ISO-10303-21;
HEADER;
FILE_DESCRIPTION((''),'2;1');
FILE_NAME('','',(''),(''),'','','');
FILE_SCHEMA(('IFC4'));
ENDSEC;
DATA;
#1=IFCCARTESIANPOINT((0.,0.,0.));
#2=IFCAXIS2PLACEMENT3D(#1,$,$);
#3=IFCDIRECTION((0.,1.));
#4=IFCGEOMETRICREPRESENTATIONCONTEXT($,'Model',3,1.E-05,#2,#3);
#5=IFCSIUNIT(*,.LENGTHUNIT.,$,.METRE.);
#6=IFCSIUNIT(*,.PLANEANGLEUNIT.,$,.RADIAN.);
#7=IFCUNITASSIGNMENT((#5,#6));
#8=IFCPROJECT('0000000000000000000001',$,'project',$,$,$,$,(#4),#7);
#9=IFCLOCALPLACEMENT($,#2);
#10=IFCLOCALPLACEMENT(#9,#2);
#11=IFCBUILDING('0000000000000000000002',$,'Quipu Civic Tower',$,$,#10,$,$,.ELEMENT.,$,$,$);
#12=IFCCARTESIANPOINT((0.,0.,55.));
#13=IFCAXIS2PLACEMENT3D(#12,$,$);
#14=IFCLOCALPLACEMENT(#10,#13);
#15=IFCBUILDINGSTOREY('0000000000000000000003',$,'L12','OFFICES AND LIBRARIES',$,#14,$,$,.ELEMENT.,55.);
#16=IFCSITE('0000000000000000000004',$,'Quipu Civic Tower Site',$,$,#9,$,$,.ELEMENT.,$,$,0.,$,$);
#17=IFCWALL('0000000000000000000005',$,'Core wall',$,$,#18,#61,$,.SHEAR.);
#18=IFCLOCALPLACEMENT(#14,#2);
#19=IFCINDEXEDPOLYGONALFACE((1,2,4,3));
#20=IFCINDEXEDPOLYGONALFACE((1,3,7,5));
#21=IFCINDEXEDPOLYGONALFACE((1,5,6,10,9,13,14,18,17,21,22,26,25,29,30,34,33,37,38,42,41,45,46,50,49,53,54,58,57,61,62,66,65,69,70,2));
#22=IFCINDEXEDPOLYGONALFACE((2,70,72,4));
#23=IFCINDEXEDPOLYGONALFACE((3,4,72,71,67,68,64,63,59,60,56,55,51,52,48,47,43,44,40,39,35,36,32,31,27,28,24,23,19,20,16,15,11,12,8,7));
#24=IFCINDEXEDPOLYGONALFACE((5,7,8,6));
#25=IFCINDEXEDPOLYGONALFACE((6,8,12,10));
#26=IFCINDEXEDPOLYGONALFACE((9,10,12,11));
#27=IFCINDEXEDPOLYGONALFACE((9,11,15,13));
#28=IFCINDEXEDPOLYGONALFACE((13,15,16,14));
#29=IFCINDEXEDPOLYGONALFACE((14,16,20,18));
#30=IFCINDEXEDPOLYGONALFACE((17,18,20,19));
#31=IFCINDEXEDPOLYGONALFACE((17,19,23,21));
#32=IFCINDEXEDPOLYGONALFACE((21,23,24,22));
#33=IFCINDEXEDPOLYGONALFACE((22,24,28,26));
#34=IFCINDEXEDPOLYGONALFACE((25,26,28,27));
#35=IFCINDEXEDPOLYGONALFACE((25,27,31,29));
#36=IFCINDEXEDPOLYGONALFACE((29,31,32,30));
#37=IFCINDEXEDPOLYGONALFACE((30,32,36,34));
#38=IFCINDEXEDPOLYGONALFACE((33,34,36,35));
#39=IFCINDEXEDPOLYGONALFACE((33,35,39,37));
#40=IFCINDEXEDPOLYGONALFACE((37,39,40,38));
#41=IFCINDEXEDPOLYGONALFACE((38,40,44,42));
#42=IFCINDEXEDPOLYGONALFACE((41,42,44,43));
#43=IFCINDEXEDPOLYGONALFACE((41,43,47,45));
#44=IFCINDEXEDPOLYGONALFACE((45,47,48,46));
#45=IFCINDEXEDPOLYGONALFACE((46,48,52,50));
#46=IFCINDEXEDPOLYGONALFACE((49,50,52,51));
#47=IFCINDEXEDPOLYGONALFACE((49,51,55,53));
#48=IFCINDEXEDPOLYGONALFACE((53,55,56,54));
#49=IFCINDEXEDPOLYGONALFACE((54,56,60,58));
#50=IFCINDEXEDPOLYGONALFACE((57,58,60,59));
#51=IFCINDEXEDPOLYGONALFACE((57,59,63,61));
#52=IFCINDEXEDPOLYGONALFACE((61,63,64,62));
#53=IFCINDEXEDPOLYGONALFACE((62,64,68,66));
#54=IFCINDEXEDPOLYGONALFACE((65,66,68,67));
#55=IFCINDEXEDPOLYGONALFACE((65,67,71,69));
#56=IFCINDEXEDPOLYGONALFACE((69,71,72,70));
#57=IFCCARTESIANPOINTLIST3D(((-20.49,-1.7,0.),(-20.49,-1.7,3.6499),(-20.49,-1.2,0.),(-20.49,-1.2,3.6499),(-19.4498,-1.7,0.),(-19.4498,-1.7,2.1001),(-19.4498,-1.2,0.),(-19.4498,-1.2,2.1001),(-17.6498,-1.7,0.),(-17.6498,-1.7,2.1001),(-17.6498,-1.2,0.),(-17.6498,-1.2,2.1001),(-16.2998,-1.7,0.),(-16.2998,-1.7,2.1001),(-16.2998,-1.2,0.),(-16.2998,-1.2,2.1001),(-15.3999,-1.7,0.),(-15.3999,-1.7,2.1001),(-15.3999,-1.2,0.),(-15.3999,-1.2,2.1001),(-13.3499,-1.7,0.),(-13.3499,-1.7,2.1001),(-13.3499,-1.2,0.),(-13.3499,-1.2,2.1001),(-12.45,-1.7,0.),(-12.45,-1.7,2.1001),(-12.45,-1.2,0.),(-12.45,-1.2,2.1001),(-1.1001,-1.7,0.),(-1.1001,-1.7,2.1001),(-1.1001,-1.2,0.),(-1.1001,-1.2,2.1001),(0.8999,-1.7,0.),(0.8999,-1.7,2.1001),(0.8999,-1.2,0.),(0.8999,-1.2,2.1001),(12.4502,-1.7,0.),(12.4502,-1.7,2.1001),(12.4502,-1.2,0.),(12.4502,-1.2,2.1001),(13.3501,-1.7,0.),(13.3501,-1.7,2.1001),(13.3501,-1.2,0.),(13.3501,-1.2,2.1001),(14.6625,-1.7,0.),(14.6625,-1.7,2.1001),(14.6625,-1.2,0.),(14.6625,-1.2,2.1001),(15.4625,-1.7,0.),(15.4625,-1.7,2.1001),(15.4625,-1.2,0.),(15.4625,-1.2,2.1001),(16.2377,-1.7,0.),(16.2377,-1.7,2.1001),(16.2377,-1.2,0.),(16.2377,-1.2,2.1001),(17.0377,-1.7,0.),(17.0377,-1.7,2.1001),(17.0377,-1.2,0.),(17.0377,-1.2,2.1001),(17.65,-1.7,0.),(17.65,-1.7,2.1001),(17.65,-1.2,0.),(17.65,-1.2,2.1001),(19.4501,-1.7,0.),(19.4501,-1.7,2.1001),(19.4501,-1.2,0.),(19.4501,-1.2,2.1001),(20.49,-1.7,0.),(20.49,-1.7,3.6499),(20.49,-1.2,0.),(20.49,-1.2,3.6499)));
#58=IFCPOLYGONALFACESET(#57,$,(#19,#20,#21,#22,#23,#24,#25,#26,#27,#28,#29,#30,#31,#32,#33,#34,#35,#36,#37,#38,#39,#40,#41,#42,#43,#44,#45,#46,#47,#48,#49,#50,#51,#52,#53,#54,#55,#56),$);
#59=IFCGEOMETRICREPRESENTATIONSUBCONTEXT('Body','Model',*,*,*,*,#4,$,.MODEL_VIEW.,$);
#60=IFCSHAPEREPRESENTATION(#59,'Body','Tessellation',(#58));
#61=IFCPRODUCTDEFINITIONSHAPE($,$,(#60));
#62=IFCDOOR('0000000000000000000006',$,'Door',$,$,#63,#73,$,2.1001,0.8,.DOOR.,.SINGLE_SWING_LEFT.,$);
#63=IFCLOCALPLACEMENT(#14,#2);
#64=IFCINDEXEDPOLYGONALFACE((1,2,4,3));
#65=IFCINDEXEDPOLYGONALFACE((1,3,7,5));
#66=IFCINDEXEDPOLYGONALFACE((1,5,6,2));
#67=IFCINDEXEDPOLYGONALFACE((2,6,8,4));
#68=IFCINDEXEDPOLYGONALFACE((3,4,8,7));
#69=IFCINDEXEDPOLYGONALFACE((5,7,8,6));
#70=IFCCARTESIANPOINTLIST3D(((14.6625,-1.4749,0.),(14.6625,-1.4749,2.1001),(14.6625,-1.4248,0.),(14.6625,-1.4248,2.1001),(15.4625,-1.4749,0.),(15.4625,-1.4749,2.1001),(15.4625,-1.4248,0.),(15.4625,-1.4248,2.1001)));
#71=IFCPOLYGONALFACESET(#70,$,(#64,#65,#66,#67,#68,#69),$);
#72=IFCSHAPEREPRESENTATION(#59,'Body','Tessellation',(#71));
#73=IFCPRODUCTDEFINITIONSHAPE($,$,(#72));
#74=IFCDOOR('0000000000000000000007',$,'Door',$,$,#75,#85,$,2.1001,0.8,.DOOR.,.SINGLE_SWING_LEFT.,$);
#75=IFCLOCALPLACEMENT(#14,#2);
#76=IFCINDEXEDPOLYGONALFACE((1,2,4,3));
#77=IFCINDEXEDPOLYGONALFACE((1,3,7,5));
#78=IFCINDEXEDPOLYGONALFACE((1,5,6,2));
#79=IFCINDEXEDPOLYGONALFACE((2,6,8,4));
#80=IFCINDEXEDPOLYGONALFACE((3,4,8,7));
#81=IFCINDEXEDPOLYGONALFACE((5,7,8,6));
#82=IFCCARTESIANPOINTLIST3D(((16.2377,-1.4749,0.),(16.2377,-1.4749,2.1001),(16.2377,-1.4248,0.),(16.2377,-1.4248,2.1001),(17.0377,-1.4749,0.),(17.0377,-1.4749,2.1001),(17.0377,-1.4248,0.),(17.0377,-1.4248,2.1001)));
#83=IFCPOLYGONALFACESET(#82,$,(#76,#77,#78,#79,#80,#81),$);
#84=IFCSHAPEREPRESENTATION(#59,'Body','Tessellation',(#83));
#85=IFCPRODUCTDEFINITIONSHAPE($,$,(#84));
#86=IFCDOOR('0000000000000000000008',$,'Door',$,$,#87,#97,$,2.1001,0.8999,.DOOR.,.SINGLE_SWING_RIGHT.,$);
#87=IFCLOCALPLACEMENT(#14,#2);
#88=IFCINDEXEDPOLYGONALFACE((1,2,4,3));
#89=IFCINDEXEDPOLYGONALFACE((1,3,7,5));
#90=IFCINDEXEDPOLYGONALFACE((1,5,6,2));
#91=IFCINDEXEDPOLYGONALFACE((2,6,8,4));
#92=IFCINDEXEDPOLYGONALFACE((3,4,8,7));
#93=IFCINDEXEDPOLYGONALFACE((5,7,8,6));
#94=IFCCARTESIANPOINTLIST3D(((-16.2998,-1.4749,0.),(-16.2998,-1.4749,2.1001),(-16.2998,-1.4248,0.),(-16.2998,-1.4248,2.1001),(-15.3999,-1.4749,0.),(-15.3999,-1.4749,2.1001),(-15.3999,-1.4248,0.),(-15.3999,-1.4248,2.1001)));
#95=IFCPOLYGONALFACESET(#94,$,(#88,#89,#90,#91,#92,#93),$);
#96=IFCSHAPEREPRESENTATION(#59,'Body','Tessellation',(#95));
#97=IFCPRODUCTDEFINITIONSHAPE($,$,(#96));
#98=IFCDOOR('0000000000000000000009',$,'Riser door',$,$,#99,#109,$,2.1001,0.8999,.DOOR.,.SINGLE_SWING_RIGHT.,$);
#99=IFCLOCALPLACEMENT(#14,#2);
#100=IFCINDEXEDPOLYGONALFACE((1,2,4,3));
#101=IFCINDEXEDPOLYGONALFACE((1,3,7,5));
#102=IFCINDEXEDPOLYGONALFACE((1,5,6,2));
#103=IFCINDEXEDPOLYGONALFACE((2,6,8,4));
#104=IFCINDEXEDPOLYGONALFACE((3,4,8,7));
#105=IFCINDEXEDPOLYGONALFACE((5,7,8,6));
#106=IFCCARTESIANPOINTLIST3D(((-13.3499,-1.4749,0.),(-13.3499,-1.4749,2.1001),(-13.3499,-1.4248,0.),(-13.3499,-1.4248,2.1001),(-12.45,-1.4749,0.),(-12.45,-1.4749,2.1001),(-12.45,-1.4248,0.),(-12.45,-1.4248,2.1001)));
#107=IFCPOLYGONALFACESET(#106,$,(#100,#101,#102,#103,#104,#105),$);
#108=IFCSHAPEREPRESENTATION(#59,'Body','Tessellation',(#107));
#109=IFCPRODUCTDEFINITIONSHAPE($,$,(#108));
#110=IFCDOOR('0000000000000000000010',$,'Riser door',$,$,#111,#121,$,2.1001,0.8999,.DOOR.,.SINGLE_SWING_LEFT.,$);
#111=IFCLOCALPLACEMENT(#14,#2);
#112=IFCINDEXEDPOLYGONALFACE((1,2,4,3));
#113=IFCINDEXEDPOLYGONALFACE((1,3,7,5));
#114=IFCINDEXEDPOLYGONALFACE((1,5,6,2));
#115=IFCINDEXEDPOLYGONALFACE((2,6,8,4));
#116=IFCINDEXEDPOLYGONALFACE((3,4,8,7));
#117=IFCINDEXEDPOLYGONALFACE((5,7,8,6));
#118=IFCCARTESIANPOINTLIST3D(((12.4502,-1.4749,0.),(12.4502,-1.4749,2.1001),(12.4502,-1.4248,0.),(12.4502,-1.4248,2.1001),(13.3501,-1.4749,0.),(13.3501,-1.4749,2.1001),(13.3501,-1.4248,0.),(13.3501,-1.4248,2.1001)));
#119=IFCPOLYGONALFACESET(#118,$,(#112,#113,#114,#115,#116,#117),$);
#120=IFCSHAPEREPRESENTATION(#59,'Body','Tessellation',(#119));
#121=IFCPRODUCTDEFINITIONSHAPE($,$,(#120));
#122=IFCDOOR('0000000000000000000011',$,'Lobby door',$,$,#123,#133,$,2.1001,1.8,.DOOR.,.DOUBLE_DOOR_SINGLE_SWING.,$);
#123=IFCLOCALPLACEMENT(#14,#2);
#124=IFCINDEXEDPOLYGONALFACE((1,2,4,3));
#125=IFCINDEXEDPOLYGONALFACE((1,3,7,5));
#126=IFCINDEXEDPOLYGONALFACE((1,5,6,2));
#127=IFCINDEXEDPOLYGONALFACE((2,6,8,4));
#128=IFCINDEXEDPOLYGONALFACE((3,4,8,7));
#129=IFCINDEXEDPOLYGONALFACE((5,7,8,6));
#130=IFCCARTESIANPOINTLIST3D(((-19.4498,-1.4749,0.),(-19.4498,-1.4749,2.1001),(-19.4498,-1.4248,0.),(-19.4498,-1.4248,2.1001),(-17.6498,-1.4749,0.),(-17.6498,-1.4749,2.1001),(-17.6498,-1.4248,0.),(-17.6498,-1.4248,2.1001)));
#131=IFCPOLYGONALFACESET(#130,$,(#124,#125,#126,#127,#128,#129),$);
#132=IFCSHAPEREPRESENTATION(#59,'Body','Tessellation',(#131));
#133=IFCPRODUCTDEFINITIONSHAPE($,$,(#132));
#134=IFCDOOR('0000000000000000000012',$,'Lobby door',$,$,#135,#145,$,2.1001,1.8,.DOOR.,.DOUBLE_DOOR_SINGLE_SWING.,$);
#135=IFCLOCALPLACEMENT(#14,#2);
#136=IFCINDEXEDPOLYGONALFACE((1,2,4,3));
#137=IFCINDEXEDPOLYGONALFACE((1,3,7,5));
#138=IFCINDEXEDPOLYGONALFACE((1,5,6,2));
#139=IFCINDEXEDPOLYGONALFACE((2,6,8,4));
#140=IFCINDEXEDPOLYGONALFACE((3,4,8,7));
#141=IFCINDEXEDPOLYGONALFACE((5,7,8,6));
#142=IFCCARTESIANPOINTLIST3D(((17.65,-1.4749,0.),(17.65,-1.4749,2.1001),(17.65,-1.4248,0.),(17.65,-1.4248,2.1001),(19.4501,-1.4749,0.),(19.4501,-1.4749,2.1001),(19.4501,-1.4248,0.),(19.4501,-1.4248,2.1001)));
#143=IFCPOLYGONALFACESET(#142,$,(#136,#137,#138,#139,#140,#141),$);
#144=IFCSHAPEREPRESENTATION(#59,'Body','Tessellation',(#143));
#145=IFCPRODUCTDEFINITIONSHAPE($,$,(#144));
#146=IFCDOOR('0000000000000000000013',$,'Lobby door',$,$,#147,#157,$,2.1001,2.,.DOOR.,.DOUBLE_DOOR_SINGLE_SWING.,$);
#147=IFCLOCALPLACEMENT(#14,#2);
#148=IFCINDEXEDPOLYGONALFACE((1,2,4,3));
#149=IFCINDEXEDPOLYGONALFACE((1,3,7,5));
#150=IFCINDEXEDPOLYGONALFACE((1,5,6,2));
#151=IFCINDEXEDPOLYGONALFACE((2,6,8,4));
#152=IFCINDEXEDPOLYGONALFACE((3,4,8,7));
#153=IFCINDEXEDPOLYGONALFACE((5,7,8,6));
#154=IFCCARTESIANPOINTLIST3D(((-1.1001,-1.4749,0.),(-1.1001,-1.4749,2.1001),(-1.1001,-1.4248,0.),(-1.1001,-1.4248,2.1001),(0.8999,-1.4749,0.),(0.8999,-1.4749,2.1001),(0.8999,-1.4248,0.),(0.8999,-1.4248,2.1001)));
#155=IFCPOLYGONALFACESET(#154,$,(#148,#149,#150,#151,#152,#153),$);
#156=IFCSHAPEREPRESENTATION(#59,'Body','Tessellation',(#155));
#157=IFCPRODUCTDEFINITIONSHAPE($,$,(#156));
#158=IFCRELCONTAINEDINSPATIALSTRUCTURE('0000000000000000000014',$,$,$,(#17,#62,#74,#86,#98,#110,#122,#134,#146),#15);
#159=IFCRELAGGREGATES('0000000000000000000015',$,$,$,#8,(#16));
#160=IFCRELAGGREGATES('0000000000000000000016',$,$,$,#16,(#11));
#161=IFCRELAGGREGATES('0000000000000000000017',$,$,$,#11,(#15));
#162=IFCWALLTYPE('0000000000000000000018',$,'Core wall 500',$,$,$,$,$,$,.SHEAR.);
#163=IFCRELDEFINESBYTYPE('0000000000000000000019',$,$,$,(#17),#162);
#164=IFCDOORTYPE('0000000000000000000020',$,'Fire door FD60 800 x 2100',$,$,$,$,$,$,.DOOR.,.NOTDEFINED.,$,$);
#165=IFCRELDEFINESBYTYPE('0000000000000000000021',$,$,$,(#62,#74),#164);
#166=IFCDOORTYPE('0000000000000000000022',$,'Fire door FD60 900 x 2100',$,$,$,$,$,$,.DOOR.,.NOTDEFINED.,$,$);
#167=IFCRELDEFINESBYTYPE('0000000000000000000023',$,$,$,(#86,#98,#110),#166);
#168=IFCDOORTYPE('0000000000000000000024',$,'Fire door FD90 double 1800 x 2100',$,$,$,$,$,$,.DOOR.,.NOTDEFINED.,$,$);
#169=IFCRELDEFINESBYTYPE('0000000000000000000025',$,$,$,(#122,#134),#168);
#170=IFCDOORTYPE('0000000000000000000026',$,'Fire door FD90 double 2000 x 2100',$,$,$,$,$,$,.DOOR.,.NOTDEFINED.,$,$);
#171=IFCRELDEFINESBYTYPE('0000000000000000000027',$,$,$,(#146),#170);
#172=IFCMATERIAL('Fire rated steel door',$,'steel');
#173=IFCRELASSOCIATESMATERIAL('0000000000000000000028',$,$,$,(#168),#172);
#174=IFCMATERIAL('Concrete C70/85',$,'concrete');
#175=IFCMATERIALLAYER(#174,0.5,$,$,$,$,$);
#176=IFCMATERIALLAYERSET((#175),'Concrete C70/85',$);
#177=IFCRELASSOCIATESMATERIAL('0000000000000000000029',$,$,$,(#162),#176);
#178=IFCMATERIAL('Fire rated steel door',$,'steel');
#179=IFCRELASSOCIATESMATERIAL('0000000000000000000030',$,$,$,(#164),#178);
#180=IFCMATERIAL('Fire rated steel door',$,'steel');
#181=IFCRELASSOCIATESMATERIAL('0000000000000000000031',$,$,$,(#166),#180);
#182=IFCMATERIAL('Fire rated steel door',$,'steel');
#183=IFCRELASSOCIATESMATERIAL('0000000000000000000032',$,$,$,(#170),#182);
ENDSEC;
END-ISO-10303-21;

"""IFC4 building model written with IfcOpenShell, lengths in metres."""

from ifc_helpers import new_model, si_unit, direction, frame, frame_2d, origin, place, context, subcontext, project, spatial, rectangle, extrude, material, layer, layer_set, type_object, element, fill, save


model = new_model("IFC4")

# Units and contexts
model_context = context("Model", 3, precision=1e-05, world=origin(), true_north=direction((0.0, 1.0)))
body_context = subcontext(model_context, "Body", "Model", "MODEL_VIEW")
ifc_project = project(units=[si_unit("LENGTHUNIT", "METRE"), si_unit("PLANEANGLEUNIT", "RADIAN")], contexts=[model_context])

# Site, building, storey
site_placement = place(None, origin())
site = spatial("IfcSite", under=ifc_project, at=site_placement, Name="Quipu Civic Tower Site", CompositionType="ELEMENT", RefElevation=0.0)
building_placement = place(site_placement, origin())
building = spatial("IfcBuilding", under=site, at=building_placement, Name="Quipu Civic Tower", CompositionType="ELEMENT")
storey_placement = place(building_placement, frame((0.0, 0.0, 55.0)))
storey = spatial("IfcBuildingStorey", under=building, at=storey_placement, Name="L12", Description="OFFICES AND LIBRARIES", CompositionType="ELEMENT", Elevation=55.0)

# Shared definitions
ifc_material_1 = material(Name="Fire rated steel door", Category="steel")
door_type_1 = type_object("IfcDoorType", Name="Fire door FD90 double 1800 x 2100", OperationType="NOTDEFINED", PredefinedType="DOOR", material=ifc_material_1)

# Wall, openings, doors
ifc_material_2 = material(Name="Concrete C70/85", Category="concrete")
ifc_layer_1 = layer(ifc_material_2, 0.5)
ifc_layer_set_1 = layer_set([ifc_layer_1], Name="Concrete C70/85")
wall_type_1 = type_object("IfcWallType", Name="Core wall 500", PredefinedType="SHEAR", material=ifc_layer_set_1)
wall_1_placement = place(storey_placement, frame((20.49, -1.45, 0.0), z_axis=(0.0, 0.0, 1.0), x_axis=(-1.0, 0.0, 0.0)))
wall_1 = element("IfcWall", 1, at=wall_1_placement, inside=storey, type_object=wall_type_1, Name="Core wall", PredefinedType="SHEAR", context=body_context, shape_type="SweptSolid", body=[
    extrude(rectangle(XDim=40.98, YDim=0.5, at=frame_2d((20.49, 0.0))), origin(), (0.0, 0.0, 1.0), 3.6499),
])
opening_1_placement = place(wall_1_placement, frame((38.1399, 0.0, 0.0)))
opening_1 = element("IfcOpeningElement", 2, at=opening_1_placement, cuts=wall_1, PredefinedType="OPENING", context=body_context, shape_type="SweptSolid", body=[
    extrude(rectangle(XDim=1.8, YDim=2.1001, at=frame_2d((0.8999, 1.05))), frame((0.0, 0.26, 0.0), z_axis=(0.0, -1.0, 0.0), x_axis=(1.0, 0.0, 0.0)), (0.0, 0.0, 1.0), 0.52),
])
opening_2_placement = place(wall_1_placement, frame((35.8899, 0.0, 0.0)))
opening_2 = element("IfcOpeningElement", 3, at=opening_2_placement, cuts=wall_1, PredefinedType="OPENING", context=body_context, shape_type="SweptSolid", body=[
    extrude(rectangle(XDim=0.8999, YDim=2.1001, at=frame_2d((0.45, 1.05))), frame((0.0, 0.26, 0.0), z_axis=(0.0, -1.0, 0.0), x_axis=(1.0, 0.0, 0.0)), (0.0, 0.0, 1.0), 0.52),
])
opening_3_placement = place(wall_1_placement, frame((32.9399, 0.0, 0.0)))
opening_3 = element("IfcOpeningElement", 4, at=opening_3_placement, cuts=wall_1, PredefinedType="OPENING", context=body_context, shape_type="SweptSolid", body=[
    extrude(rectangle(XDim=0.8999, YDim=2.1001, at=frame_2d((0.45, 1.05))), frame((0.0, 0.26, 0.0), z_axis=(0.0, -1.0, 0.0), x_axis=(1.0, 0.0, 0.0)), (0.0, 0.0, 1.0), 0.52),
])
opening_4_placement = place(wall_1_placement, frame((19.5901, 0.0, 0.0)))
opening_4 = element("IfcOpeningElement", 5, at=opening_4_placement, cuts=wall_1, PredefinedType="OPENING", context=body_context, shape_type="SweptSolid", body=[
    extrude(rectangle(XDim=2.0, YDim=2.1001, at=frame_2d((1.0, 1.05))), frame((0.0, 0.26, 0.0), z_axis=(0.0, -1.0, 0.0), x_axis=(1.0, 0.0, 0.0)), (0.0, 0.0, 1.0), 0.52),
])
opening_5_placement = place(wall_1_placement, frame((7.1399, 0.0, 0.0)))
opening_5 = element("IfcOpeningElement", 6, at=opening_5_placement, cuts=wall_1, PredefinedType="OPENING", context=body_context, shape_type="SweptSolid", body=[
    extrude(rectangle(XDim=0.8999, YDim=2.1001, at=frame_2d((0.45, 1.05))), frame((0.0, 0.26, 0.0), z_axis=(0.0, -1.0, 0.0), x_axis=(1.0, 0.0, 0.0)), (0.0, 0.0, 1.0), 0.52),
])
opening_6_placement = place(wall_1_placement, frame((5.0276, 0.0, 0.0)))
opening_6 = element("IfcOpeningElement", 7, at=opening_6_placement, cuts=wall_1, PredefinedType="OPENING", context=body_context, shape_type="SweptSolid", body=[
    extrude(rectangle(XDim=0.8, YDim=2.1001, at=frame_2d((0.3999, 1.05))), frame((0.0, 0.26, 0.0), z_axis=(0.0, -1.0, 0.0), x_axis=(1.0, 0.0, 0.0)), (0.0, 0.0, 1.0), 0.52),
])
opening_7_placement = place(wall_1_placement, frame((3.4524, 0.0, 0.0)))
opening_7 = element("IfcOpeningElement", 8, at=opening_7_placement, cuts=wall_1, PredefinedType="OPENING", context=body_context, shape_type="SweptSolid", body=[
    extrude(rectangle(XDim=0.8, YDim=2.1001, at=frame_2d((0.3999, 1.05))), frame((0.0, 0.26, 0.0), z_axis=(0.0, -1.0, 0.0), x_axis=(1.0, 0.0, 0.0)), (0.0, 0.0, 1.0), 0.52),
])
opening_8_placement = place(wall_1_placement, frame((1.04, 0.0, 0.0)))
opening_8 = element("IfcOpeningElement", 9, at=opening_8_placement, cuts=wall_1, PredefinedType="OPENING", context=body_context, shape_type="SweptSolid", body=[
    extrude(rectangle(XDim=1.8, YDim=2.1001, at=frame_2d((0.8999, 1.05))), frame((0.0, 0.26, 0.0), z_axis=(0.0, -1.0, 0.0), x_axis=(1.0, 0.0, 0.0)), (0.0, 0.0, 1.0), 0.52),
])
ifc_material_3 = material(Name="Fire rated steel door", Category="steel")
door_type_2 = type_object("IfcDoorType", Name="Fire door FD60 800 x 2100", OperationType="NOTDEFINED", PredefinedType="DOOR", material=ifc_material_3)
door_1_placement = place(opening_6_placement, origin())
door_1 = element("IfcDoor", 10, at=door_1_placement, inside=storey, type_object=door_type_2, Name="Door", OperationType="SINGLE_SWING_LEFT", OverallHeight=2.1001, OverallWidth=0.8, PredefinedType="DOOR", context=body_context, shape_type="SweptSolid", body=[
    extrude(rectangle(XDim=0.8, YDim=2.1001, at=frame_2d((0.3999, 1.05))), frame((0.0, 0.0249, 0.0), z_axis=(0.0, -1.0, 0.0), x_axis=(1.0, 0.0, 0.0)), (0.0, 0.0, 1.0), 0.05),
])
fill(opening_6, door_1)
door_2_placement = place(opening_7_placement, origin())
door_2 = element("IfcDoor", 11, at=door_2_placement, inside=storey, type_object=door_type_2, Name="Door", OperationType="SINGLE_SWING_LEFT", OverallHeight=2.1001, OverallWidth=0.8, PredefinedType="DOOR", context=body_context, shape_type="SweptSolid", body=[
    extrude(rectangle(XDim=0.8, YDim=2.1001, at=frame_2d((0.3999, 1.05))), frame((0.0, 0.0249, 0.0), z_axis=(0.0, -1.0, 0.0), x_axis=(1.0, 0.0, 0.0)), (0.0, 0.0, 1.0), 0.05),
])
fill(opening_7, door_2)
ifc_material_4 = material(Name="Fire rated steel door", Category="steel")
door_type_3 = type_object("IfcDoorType", Name="Fire door FD60 900 x 2100", OperationType="NOTDEFINED", PredefinedType="DOOR", material=ifc_material_4)
door_3_placement = place(opening_2_placement, origin())
door_3 = element("IfcDoor", 12, at=door_3_placement, inside=storey, type_object=door_type_3, Name="Door", OperationType="SINGLE_SWING_RIGHT", OverallHeight=2.1001, OverallWidth=0.8999, PredefinedType="DOOR", context=body_context, shape_type="SweptSolid", body=[
    extrude(rectangle(XDim=0.8999, YDim=2.1001, at=frame_2d((0.45, 1.05))), frame((0.0, 0.0249, 0.0), z_axis=(0.0, -1.0, 0.0), x_axis=(1.0, 0.0, 0.0)), (0.0, 0.0, 1.0), 0.05),
])
fill(opening_2, door_3)
door_4_placement = place(opening_3_placement, origin())
door_4 = element("IfcDoor", 13, at=door_4_placement, inside=storey, type_object=door_type_3, Name="Riser door", OperationType="SINGLE_SWING_RIGHT", OverallHeight=2.1001, OverallWidth=0.8999, PredefinedType="DOOR", context=body_context, shape_type="SweptSolid", body=[
    extrude(rectangle(XDim=0.8999, YDim=2.1001, at=frame_2d((0.45, 1.05))), frame((0.0, 0.0249, 0.0), z_axis=(0.0, -1.0, 0.0), x_axis=(1.0, 0.0, 0.0)), (0.0, 0.0, 1.0), 0.05),
])
fill(opening_3, door_4)
door_5_placement = place(opening_5_placement, origin())
door_5 = element("IfcDoor", 14, at=door_5_placement, inside=storey, type_object=door_type_3, Name="Riser door", OperationType="SINGLE_SWING_LEFT", OverallHeight=2.1001, OverallWidth=0.8999, PredefinedType="DOOR", context=body_context, shape_type="SweptSolid", body=[
    extrude(rectangle(XDim=0.8999, YDim=2.1001, at=frame_2d((0.45, 1.05))), frame((0.0, 0.0249, 0.0), z_axis=(0.0, -1.0, 0.0), x_axis=(1.0, 0.0, 0.0)), (0.0, 0.0, 1.0), 0.05),
])
fill(opening_5, door_5)
door_6_placement = place(opening_1_placement, origin())
door_6 = element("IfcDoor", 15, at=door_6_placement, inside=storey, type_object=door_type_1, Name="Lobby door", OperationType="DOUBLE_DOOR_SINGLE_SWING", OverallHeight=2.1001, OverallWidth=1.8, PredefinedType="DOOR", context=body_context, shape_type="SweptSolid", body=[
    extrude(rectangle(XDim=1.8, YDim=2.1001, at=frame_2d((0.8999, 1.05))), frame((0.0, 0.0249, 0.0), z_axis=(0.0, -1.0, 0.0), x_axis=(1.0, 0.0, 0.0)), (0.0, 0.0, 1.0), 0.05),
])
fill(opening_1, door_6)
door_7_placement = place(opening_8_placement, origin())
door_7 = element("IfcDoor", 16, at=door_7_placement, inside=storey, type_object=door_type_1, Name="Lobby door", OperationType="DOUBLE_DOOR_SINGLE_SWING", OverallHeight=2.1001, OverallWidth=1.8, PredefinedType="DOOR", context=body_context, shape_type="SweptSolid", body=[
    extrude(rectangle(XDim=1.8, YDim=2.1001, at=frame_2d((0.8999, 1.05))), frame((0.0, 0.0249, 0.0), z_axis=(0.0, -1.0, 0.0), x_axis=(1.0, 0.0, 0.0)), (0.0, 0.0, 1.0), 0.05),
])
fill(opening_8, door_7)
ifc_material_5 = material(Name="Fire rated steel door", Category="steel")
door_type_4 = type_object("IfcDoorType", Name="Fire door FD90 double 2000 x 2100", OperationType="NOTDEFINED", PredefinedType="DOOR", material=ifc_material_5)
door_8_placement = place(opening_4_placement, origin())
door_8 = element("IfcDoor", 17, at=door_8_placement, inside=storey, type_object=door_type_4, Name="Lobby door", OperationType="DOUBLE_DOOR_SINGLE_SWING", OverallHeight=2.1001, OverallWidth=2.0, PredefinedType="DOOR", context=body_context, shape_type="SweptSolid", body=[
    extrude(rectangle(XDim=2.0, YDim=2.1001, at=frame_2d((1.0, 1.05))), frame((0.0, 0.0249, 0.0), z_axis=(0.0, -1.0, 0.0), x_axis=(1.0, 0.0, 0.0)), (0.0, 0.0, 1.0), 0.05),
])
fill(opening_4, door_8)

save(model, "model.ifc")
